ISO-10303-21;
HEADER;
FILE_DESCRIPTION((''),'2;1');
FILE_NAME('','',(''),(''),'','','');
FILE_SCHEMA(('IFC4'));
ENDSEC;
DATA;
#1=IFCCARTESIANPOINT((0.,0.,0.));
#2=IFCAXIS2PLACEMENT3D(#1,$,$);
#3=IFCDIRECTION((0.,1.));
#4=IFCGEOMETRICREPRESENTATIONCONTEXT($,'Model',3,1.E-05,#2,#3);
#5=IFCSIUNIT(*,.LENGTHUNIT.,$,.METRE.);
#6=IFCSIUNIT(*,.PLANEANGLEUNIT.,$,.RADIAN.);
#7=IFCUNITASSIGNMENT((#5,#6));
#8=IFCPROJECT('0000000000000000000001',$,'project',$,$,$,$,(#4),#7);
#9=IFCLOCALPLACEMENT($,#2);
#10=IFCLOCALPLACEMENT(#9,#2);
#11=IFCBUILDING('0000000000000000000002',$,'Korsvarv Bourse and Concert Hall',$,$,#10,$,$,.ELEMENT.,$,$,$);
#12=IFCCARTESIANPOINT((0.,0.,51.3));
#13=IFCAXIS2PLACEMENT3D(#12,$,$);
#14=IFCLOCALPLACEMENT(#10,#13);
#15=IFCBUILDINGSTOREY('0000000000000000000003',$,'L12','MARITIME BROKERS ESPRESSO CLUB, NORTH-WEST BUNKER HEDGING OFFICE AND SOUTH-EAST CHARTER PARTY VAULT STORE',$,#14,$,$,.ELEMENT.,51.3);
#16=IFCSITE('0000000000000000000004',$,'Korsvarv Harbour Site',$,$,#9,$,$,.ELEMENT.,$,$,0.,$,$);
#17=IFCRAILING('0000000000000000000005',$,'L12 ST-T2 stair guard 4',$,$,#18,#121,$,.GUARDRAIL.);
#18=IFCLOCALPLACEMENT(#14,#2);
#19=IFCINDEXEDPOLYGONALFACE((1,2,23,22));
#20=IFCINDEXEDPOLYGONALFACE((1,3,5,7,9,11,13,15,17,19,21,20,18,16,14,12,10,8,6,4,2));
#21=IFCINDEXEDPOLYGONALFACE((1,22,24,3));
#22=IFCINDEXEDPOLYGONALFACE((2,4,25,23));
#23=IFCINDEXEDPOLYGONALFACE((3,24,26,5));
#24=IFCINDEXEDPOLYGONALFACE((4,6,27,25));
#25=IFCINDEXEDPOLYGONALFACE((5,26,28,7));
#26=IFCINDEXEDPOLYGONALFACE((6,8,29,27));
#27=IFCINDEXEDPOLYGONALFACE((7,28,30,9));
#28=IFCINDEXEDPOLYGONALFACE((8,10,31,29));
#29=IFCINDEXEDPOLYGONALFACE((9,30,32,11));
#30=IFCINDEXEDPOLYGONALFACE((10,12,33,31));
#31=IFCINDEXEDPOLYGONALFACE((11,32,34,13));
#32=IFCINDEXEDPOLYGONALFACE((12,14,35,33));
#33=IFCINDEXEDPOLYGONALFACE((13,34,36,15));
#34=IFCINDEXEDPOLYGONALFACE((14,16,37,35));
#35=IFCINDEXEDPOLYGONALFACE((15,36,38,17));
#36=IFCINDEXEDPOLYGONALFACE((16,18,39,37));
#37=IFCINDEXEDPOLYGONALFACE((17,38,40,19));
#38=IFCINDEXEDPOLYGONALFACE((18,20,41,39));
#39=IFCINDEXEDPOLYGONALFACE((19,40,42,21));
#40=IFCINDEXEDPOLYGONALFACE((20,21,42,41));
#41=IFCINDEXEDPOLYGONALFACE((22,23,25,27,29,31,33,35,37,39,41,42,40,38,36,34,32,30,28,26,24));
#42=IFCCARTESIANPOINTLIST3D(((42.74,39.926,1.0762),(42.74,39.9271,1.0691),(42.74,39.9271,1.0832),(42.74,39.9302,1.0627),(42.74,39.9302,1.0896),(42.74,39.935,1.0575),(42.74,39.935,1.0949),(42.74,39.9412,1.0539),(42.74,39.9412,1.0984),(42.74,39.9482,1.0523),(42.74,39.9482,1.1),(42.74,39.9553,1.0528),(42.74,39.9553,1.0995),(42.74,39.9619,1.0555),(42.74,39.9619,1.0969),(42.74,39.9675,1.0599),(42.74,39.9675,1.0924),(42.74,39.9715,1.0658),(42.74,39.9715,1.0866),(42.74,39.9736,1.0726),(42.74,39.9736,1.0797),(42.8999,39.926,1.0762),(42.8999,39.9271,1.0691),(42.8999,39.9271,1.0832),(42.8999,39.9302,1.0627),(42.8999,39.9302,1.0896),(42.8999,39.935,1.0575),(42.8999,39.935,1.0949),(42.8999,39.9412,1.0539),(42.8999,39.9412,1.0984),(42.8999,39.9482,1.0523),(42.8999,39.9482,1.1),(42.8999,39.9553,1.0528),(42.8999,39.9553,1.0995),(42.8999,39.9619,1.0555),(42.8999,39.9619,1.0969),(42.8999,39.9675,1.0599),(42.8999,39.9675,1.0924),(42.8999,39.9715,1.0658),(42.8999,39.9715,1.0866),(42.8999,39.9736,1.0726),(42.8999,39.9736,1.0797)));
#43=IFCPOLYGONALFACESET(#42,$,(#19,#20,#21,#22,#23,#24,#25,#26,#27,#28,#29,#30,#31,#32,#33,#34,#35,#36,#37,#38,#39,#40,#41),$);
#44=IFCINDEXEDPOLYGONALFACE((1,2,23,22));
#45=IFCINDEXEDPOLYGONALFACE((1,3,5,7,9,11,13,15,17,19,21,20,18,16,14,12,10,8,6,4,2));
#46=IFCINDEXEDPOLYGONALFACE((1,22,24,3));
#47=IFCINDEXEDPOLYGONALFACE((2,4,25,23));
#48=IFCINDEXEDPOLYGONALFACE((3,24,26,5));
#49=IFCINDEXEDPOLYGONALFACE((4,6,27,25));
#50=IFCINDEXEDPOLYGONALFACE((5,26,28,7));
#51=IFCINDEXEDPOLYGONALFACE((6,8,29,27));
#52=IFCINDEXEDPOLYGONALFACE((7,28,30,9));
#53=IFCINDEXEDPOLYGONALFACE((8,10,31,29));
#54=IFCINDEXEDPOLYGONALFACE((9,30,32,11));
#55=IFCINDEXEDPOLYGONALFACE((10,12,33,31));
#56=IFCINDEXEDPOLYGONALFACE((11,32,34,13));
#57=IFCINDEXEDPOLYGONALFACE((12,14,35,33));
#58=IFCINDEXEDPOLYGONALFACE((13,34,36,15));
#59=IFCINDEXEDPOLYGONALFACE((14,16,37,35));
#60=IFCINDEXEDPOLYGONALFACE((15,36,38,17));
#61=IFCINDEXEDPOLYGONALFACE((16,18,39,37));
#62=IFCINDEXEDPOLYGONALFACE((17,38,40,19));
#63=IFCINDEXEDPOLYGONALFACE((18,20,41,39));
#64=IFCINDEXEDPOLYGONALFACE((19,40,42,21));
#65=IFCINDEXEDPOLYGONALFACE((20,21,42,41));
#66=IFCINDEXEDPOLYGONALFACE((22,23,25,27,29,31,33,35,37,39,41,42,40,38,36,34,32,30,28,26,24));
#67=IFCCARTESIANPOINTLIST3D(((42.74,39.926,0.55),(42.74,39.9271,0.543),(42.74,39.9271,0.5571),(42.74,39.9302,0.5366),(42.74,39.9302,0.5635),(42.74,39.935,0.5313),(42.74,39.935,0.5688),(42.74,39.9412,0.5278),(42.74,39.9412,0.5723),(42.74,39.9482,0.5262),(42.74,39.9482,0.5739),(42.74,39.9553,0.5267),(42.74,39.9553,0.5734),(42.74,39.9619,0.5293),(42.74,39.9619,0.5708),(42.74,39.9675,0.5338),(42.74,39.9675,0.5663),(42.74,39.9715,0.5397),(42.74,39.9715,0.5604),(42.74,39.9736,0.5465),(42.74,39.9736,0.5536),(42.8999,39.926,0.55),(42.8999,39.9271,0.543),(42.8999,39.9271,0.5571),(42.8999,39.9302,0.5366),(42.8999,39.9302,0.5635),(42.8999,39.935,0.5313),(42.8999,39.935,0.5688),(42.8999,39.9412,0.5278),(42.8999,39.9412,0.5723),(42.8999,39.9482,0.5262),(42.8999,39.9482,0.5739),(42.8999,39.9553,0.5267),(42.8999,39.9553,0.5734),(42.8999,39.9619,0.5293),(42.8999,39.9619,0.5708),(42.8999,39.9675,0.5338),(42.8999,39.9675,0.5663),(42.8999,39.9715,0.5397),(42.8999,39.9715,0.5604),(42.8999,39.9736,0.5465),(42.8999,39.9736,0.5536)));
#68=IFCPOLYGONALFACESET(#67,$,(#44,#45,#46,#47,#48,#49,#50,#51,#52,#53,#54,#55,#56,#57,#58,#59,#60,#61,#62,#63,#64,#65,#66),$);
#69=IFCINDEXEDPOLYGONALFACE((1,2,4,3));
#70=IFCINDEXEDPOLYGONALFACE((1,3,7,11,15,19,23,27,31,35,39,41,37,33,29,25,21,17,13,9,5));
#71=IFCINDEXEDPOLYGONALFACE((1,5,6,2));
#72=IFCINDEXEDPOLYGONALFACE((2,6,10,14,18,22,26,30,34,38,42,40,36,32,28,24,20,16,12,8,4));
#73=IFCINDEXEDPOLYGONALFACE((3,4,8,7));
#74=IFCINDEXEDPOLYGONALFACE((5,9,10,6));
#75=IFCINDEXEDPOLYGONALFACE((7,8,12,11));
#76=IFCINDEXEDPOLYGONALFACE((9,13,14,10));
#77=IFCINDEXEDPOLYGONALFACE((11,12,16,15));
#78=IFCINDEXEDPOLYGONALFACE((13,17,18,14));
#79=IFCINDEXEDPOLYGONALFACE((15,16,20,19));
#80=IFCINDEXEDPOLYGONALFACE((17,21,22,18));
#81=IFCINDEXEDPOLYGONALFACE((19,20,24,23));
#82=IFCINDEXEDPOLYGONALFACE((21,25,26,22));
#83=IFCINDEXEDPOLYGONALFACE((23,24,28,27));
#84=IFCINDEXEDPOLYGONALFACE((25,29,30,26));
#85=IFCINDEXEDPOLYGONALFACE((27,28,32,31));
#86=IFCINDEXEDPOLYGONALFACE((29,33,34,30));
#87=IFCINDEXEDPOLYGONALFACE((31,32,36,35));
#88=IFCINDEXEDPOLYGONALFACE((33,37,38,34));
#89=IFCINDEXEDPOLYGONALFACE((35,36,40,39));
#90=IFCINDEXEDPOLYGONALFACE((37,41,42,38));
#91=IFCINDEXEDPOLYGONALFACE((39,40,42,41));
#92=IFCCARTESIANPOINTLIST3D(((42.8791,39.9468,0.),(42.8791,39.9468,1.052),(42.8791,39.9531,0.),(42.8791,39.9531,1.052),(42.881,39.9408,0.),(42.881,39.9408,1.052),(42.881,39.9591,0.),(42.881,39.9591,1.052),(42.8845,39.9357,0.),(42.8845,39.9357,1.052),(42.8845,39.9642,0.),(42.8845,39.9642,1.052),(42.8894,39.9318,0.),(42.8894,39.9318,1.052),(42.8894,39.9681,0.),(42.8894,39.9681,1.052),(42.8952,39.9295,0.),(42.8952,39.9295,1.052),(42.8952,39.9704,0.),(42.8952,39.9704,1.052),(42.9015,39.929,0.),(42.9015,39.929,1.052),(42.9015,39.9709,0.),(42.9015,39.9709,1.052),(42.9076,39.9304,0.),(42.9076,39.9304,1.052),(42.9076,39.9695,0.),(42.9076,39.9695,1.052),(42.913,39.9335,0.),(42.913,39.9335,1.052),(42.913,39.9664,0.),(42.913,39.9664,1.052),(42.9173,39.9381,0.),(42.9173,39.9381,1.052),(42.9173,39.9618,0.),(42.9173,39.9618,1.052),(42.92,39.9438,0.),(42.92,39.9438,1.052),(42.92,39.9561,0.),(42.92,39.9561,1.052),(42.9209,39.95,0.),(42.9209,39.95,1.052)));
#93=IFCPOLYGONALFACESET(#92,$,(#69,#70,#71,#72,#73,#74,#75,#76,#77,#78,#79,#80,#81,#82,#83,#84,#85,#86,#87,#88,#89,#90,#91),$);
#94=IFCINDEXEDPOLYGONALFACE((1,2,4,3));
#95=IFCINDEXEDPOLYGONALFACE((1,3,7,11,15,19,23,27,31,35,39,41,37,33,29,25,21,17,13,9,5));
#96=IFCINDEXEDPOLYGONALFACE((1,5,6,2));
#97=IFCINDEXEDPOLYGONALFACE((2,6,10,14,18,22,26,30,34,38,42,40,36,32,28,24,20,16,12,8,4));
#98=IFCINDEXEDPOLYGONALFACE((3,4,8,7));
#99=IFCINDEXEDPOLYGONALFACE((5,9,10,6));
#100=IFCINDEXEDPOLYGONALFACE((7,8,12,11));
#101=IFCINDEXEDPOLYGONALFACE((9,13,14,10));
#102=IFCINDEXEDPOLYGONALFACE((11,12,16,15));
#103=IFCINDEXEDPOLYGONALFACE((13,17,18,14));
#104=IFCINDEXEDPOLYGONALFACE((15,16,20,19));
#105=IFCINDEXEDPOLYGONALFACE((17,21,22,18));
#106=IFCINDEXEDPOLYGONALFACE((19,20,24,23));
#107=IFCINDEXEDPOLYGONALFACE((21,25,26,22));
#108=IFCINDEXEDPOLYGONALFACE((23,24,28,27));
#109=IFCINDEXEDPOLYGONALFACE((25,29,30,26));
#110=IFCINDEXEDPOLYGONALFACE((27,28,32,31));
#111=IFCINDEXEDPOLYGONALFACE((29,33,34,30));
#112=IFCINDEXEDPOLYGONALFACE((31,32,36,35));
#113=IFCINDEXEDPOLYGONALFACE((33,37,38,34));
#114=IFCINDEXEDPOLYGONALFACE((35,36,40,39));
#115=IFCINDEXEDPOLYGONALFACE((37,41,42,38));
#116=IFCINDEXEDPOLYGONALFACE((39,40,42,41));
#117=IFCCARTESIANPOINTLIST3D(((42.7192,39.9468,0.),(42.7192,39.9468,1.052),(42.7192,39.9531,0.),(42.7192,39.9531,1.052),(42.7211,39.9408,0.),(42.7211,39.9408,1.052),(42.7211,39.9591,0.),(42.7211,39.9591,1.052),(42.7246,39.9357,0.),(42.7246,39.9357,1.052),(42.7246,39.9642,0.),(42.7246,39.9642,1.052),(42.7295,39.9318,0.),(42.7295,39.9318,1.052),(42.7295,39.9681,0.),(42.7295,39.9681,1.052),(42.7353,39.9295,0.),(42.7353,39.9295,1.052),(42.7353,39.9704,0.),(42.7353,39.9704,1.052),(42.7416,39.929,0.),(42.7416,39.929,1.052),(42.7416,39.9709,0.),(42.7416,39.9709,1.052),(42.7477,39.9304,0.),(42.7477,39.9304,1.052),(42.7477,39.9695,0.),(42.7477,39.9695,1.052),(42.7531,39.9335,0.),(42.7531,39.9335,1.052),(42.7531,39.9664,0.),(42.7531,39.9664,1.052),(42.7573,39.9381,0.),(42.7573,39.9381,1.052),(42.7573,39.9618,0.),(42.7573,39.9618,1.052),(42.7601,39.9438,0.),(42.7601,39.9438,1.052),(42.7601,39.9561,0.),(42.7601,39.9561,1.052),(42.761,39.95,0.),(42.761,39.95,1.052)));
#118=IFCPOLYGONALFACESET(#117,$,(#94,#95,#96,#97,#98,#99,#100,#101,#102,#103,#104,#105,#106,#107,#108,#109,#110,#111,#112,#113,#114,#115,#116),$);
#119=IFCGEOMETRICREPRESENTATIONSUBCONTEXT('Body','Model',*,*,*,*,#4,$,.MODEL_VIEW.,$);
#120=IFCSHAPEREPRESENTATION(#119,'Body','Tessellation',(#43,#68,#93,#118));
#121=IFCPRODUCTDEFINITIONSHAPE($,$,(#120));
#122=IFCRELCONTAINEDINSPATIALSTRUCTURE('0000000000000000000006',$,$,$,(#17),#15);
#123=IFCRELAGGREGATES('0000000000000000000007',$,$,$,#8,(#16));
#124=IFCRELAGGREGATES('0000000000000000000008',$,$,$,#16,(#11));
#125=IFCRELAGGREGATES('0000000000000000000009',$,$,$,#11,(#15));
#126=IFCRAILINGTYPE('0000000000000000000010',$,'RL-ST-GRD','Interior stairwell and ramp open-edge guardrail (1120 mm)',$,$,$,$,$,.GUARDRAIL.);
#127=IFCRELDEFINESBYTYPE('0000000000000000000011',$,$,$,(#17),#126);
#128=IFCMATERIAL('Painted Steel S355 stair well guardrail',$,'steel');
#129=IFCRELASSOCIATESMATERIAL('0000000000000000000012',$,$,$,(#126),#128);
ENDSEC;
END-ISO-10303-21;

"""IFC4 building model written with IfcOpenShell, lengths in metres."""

from ifc_helpers import new_model, si_unit, direction, frame, origin, origin_2d, place, context, subcontext, project, spatial, circle, extrude, material, type_object, element, save


model = new_model("IFC4")

# Units and contexts
model_context = context("Model", 3, precision=1e-05, world=origin(), true_north=direction((0.0, 1.0)))
body_context = subcontext(model_context, "Body", "Model", "MODEL_VIEW")
ifc_project = project(units=[si_unit("LENGTHUNIT", "METRE"), si_unit("PLANEANGLEUNIT", "RADIAN")], contexts=[model_context])

# Site, building, storey
site_placement = place(None, origin())
site = spatial("IfcSite", under=ifc_project, at=site_placement, Name="Korsvarv Harbour Site", CompositionType="ELEMENT", RefElevation=0.0)
building_placement = place(site_placement, origin())
building = spatial("IfcBuilding", under=site, at=building_placement, Name="Korsvarv Bourse and Concert Hall", CompositionType="ELEMENT")
storey_placement = place(building_placement, frame((0.0, 0.0, 51.3)))
storey = spatial("IfcBuildingStorey", under=building, at=storey_placement, Name="L12", Description="MARITIME BROKERS ESPRESSO CLUB, NORTH-WEST BUNKER HEDGING OFFICE AND SOUTH-EAST CHARTER PARTY VAULT STORE", CompositionType="ELEMENT", Elevation=51.3)

# Railing
ifc_material_1 = material(Name="Painted Steel S355 stair well guardrail", Category="steel")
railing_type_1 = type_object("IfcRailingType", Name="RL-ST-GRD", Description="Interior stairwell and ramp open-edge guardrail (1120 mm)", PredefinedType="GUARDRAIL", material=ifc_material_1)
railing_1_placement = place(storey_placement, frame((42.8999, 39.95, 0.0)))
element("IfcRailing", 1, at=railing_1_placement, inside=storey, type_object=railing_type_1, Name="L12 ST-T2 stair guard 4", PredefinedType="GUARDRAIL", context=body_context, shape_type="SweptSolid", body=[
    extrude(circle(Radius=0.0239, at=origin_2d()), frame((0.0, 0.0, 1.0762), z_axis=(-1.0, 0.0, 0.0), x_axis=(0.0, -1.0, 0.0)), (0.0, 0.0, 1.0), 0.1599),
    extrude(circle(Radius=0.0239, at=origin_2d()), frame((0.0, 0.0, 0.55), z_axis=(-1.0, 0.0, 0.0), x_axis=(0.0, -1.0, 0.0)), (0.0, 0.0, 1.0), 0.1599),
    extrude(circle(Radius=0.021, at=origin_2d()), origin(), (0.0, 0.0, 1.0), 1.052),
    extrude(circle(Radius=0.021, at=origin_2d()), frame((-0.1599, 0.0, 0.0)), (0.0, 0.0, 1.0), 1.052),
])

save(model, "model.ifc")
